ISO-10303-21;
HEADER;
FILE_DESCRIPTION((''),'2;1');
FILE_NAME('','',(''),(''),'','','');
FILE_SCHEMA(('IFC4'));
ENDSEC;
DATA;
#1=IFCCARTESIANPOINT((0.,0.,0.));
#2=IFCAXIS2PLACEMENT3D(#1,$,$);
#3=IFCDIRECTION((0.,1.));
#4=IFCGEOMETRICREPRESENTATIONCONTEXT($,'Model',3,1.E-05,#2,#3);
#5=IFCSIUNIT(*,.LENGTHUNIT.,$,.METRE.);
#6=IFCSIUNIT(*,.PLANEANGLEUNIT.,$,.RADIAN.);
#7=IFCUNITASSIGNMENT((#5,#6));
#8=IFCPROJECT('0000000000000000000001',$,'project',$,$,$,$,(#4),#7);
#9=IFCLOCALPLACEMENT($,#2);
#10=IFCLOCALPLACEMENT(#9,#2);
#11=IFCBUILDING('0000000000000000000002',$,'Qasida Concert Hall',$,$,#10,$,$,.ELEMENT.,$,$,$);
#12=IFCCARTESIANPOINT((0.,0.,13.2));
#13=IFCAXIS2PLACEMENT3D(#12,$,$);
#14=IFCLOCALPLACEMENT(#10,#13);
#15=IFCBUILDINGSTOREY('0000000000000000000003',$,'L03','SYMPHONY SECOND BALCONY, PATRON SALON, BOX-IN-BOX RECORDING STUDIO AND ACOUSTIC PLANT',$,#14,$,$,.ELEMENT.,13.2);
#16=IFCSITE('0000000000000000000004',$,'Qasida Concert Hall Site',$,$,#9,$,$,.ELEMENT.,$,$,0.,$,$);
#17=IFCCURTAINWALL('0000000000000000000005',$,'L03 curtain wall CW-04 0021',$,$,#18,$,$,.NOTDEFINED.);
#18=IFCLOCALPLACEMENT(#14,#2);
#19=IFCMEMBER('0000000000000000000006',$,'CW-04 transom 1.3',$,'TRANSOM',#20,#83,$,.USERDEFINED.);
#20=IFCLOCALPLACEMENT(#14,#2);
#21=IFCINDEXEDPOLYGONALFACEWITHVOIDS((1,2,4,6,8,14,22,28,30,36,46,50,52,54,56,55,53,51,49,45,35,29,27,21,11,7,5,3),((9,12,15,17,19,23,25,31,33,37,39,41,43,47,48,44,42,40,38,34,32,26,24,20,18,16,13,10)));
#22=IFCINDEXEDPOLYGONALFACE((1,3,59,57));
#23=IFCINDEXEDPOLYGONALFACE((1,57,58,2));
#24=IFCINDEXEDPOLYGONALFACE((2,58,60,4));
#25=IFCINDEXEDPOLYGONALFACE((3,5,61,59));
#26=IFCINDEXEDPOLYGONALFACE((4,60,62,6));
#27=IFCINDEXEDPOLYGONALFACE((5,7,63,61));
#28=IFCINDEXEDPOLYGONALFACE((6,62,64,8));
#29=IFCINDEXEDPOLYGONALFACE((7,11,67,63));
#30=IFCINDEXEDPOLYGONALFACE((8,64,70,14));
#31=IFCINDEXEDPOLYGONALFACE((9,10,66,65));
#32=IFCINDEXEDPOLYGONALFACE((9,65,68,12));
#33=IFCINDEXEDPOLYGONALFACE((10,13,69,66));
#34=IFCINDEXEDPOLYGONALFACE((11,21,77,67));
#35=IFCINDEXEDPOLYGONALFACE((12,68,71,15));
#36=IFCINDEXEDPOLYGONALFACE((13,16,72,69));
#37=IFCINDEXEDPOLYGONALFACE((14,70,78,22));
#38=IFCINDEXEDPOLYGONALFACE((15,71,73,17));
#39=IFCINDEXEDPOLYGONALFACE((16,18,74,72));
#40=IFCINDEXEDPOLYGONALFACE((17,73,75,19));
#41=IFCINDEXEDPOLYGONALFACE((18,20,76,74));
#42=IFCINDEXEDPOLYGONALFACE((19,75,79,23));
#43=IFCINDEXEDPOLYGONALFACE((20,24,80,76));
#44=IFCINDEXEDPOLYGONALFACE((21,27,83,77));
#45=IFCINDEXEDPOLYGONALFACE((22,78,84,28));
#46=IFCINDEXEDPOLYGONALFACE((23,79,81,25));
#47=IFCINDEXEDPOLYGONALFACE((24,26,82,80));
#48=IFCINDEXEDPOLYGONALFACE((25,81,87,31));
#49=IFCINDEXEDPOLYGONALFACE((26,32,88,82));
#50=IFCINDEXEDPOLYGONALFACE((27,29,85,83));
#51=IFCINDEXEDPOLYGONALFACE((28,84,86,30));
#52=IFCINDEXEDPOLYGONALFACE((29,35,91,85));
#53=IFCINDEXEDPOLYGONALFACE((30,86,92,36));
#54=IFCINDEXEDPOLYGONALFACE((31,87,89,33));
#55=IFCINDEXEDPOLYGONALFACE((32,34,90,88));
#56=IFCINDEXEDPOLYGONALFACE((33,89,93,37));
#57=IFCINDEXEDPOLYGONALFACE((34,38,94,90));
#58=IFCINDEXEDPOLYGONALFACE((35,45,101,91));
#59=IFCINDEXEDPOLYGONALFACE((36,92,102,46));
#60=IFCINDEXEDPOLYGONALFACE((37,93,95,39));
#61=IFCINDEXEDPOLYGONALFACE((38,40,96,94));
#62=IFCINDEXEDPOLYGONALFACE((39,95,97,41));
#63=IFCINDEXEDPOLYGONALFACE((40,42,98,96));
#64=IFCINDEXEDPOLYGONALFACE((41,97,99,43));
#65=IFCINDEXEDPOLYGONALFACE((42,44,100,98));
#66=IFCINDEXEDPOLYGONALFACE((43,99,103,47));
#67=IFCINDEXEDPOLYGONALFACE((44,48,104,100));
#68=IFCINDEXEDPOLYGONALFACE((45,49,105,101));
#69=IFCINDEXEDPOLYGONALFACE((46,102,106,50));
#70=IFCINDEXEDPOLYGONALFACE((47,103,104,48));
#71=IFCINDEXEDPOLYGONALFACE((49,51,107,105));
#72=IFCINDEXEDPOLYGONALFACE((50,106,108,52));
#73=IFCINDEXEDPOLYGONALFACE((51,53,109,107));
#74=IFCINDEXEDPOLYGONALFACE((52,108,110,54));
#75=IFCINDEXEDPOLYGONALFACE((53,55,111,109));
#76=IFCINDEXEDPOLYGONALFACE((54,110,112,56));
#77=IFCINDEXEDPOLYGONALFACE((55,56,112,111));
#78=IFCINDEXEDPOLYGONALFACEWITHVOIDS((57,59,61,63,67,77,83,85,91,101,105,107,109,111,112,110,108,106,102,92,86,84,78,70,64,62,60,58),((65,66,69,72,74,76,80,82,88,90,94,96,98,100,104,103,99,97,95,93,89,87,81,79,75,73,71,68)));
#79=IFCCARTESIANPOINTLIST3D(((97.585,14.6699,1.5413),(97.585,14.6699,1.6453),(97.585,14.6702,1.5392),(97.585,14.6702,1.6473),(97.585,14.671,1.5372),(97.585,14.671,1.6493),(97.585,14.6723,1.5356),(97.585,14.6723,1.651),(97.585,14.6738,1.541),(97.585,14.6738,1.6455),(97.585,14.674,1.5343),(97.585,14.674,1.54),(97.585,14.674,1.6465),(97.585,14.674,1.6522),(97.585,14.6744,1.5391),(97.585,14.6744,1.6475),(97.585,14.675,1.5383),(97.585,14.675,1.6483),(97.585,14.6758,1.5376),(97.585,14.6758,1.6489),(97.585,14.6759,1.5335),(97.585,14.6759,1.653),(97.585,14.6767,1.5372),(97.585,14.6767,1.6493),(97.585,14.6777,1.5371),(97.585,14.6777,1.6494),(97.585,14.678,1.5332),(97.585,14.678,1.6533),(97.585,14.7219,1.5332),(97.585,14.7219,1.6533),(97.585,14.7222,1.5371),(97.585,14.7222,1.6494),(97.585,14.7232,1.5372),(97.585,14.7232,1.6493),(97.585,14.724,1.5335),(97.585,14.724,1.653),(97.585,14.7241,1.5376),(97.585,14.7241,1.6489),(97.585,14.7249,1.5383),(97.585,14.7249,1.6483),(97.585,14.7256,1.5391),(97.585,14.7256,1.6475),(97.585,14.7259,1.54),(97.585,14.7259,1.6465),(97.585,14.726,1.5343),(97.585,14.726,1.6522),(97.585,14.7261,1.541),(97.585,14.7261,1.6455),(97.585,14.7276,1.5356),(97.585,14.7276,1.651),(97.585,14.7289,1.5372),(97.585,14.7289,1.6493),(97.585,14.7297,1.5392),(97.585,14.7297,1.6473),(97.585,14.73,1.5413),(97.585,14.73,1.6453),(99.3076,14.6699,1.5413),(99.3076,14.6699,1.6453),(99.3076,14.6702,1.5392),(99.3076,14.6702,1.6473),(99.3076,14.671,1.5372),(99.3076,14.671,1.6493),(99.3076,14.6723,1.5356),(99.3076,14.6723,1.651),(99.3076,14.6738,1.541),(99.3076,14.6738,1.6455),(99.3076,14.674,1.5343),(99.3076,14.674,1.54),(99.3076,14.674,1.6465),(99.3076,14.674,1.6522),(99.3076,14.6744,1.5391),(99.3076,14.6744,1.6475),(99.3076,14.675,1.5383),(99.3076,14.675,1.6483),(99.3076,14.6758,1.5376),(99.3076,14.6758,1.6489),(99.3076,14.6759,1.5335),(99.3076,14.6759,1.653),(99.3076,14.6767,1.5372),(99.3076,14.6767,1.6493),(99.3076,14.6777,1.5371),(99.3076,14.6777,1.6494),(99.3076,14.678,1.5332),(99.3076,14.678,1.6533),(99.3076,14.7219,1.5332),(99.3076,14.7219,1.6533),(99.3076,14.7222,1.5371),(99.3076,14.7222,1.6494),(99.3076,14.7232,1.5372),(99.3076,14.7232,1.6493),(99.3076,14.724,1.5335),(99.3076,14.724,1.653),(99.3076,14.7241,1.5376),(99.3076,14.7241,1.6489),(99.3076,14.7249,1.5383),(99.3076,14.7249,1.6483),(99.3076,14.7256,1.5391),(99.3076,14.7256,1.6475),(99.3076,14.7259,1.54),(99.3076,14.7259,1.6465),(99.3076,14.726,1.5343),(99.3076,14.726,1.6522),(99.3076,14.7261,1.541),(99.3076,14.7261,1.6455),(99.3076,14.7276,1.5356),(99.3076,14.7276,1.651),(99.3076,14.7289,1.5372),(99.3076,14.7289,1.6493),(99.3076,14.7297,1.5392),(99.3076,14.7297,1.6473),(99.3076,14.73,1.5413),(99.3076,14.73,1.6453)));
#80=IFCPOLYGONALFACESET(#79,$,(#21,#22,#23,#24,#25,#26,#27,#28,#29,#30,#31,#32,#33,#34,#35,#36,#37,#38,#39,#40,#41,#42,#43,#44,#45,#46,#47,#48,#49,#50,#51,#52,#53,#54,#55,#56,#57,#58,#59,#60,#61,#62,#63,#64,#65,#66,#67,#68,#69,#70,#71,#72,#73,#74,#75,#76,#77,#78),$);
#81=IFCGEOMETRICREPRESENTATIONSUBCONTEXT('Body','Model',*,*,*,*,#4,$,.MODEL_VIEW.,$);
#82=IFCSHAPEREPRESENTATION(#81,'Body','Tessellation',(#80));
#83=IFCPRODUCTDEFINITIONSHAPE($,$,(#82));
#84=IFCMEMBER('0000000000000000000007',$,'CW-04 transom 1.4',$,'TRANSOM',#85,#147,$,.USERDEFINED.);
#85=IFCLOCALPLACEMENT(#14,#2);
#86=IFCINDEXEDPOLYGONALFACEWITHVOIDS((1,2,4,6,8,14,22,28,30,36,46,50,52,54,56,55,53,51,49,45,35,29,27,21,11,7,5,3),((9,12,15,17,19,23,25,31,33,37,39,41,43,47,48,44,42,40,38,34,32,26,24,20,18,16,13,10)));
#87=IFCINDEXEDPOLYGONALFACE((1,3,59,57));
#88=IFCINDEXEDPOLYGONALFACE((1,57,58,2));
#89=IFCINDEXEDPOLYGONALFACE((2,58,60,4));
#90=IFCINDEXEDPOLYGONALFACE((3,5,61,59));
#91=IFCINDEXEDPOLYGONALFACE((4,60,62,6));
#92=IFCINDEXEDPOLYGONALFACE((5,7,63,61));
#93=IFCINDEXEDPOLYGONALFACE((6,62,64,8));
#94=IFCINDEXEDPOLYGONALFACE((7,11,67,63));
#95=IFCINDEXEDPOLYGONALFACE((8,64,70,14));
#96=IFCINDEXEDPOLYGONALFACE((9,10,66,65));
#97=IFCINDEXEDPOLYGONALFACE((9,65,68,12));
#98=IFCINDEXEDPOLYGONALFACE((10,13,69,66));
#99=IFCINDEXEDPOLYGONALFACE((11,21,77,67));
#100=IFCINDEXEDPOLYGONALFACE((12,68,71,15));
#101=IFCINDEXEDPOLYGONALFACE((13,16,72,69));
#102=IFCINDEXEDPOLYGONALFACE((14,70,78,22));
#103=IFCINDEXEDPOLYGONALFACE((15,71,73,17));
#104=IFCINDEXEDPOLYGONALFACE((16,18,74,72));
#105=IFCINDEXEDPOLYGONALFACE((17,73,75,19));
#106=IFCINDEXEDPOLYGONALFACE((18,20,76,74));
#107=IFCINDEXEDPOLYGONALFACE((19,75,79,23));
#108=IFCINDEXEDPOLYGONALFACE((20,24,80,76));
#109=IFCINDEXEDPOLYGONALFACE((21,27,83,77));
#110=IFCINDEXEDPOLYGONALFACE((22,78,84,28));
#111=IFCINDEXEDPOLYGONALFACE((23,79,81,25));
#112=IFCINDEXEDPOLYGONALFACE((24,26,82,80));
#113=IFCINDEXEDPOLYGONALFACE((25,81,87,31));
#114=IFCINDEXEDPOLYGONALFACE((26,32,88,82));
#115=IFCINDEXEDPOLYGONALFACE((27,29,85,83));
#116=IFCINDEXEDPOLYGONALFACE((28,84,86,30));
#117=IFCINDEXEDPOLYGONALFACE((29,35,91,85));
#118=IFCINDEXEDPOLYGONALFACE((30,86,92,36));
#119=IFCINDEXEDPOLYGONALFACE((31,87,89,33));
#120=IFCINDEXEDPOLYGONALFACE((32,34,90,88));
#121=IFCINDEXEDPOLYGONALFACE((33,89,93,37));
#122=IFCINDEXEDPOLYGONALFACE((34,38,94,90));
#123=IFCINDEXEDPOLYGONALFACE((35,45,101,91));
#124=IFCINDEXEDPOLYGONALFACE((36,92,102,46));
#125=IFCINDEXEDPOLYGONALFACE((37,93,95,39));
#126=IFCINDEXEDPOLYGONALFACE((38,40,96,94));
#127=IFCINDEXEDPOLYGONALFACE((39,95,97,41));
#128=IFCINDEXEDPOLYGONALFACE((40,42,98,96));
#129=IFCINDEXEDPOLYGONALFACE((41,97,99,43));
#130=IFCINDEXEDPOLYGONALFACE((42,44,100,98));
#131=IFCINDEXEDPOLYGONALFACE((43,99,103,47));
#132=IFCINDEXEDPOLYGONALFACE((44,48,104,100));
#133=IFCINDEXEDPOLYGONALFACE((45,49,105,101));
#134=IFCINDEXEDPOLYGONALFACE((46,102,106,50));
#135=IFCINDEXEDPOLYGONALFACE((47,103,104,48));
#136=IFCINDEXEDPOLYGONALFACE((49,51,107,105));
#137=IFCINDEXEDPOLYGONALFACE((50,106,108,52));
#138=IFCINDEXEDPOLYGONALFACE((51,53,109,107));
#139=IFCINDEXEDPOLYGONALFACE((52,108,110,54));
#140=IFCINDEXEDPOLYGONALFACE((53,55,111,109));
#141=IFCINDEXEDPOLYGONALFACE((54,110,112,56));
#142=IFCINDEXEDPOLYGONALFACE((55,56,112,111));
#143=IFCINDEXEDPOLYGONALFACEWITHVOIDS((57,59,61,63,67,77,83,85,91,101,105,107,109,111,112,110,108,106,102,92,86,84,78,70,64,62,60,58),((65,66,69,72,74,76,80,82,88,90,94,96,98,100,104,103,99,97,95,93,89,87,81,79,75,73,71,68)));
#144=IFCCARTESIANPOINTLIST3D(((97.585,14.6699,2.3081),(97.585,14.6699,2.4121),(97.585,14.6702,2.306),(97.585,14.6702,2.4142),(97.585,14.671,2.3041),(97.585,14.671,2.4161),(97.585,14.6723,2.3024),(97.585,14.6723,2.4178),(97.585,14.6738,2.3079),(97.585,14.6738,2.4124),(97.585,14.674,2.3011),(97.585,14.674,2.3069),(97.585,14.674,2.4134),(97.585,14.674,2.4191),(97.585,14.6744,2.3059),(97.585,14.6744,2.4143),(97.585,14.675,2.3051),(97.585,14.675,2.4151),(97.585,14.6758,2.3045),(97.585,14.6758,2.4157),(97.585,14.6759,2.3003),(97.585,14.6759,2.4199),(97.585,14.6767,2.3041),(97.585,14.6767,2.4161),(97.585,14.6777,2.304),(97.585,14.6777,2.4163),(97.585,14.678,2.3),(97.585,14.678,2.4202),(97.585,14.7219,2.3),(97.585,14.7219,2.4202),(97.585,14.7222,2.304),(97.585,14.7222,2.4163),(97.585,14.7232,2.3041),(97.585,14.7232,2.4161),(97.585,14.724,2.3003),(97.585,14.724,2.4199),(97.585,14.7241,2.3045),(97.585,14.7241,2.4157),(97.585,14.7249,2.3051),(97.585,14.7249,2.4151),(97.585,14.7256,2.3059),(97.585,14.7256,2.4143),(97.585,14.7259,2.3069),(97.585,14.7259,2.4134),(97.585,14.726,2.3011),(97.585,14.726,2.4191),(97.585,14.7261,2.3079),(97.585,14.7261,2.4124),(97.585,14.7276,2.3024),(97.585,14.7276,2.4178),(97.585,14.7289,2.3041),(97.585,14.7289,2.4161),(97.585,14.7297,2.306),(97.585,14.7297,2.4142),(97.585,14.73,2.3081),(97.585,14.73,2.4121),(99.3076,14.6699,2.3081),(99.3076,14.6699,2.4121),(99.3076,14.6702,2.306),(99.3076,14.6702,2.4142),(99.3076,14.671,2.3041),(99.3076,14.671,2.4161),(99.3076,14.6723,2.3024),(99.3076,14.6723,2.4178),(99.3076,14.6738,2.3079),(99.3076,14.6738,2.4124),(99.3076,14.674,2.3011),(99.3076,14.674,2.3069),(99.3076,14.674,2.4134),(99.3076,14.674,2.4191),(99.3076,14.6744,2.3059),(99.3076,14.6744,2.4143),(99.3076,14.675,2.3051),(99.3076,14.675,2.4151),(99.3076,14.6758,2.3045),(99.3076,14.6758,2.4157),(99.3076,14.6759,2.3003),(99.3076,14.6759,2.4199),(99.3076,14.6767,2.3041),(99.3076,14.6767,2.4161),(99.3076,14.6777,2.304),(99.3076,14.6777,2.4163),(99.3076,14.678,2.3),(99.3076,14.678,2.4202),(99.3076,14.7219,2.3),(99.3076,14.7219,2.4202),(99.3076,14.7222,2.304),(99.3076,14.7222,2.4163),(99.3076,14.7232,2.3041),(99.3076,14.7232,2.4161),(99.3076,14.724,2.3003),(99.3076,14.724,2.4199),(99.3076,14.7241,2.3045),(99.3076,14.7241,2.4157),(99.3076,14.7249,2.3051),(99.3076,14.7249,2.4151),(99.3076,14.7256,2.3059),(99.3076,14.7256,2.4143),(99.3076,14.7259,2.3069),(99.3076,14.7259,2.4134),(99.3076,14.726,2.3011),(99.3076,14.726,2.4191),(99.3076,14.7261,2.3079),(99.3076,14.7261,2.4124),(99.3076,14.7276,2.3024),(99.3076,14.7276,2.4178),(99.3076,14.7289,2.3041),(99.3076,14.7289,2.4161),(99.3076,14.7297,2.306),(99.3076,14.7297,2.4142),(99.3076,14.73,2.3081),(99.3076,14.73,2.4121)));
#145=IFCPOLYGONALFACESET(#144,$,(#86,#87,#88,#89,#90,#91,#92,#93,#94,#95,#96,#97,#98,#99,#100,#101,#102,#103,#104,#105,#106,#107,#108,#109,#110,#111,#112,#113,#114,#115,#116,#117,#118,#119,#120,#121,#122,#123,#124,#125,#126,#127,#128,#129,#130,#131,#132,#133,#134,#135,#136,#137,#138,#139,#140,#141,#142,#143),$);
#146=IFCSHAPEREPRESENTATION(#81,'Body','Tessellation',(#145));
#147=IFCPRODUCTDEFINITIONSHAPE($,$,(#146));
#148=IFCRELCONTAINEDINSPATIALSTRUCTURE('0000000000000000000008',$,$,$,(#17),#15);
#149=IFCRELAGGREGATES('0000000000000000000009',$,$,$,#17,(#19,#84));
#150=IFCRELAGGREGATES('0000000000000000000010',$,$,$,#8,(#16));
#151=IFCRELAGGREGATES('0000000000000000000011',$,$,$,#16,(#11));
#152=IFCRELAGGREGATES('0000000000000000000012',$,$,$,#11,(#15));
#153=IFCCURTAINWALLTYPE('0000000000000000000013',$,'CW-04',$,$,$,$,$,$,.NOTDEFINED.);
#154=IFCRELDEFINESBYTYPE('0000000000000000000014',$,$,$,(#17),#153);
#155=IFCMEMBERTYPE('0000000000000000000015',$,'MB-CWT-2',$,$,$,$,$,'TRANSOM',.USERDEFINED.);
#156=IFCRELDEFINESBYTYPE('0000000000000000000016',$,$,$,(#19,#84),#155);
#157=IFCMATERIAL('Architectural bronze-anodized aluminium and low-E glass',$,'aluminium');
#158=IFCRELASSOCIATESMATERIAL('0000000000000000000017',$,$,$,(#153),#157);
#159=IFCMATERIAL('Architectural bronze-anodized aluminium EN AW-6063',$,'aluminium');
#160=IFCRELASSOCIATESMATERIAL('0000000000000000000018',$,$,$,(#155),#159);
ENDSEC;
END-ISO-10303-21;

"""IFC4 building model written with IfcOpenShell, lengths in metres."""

from ifc_helpers import new_model, si_unit, direction, frame, origin, origin_2d, place, context, subcontext, project, spatial, hollow_rectangle, extrude, material, material_profile, profile_set, type_object, element, aggregate, save


model = new_model("IFC4")

# Units and contexts
model_context = context("Model", 3, precision=1e-05, world=origin(), true_north=direction((0.0, 1.0)))
body_context = subcontext(model_context, "Body", "Model", "MODEL_VIEW")
ifc_project = project(units=[si_unit("LENGTHUNIT", "METRE"), si_unit("PLANEANGLEUNIT", "RADIAN")], contexts=[model_context])

# Site, building, storey
site_placement = place(None, origin())
site = spatial("IfcSite", under=ifc_project, at=site_placement, Name="Qasida Concert Hall Site", CompositionType="ELEMENT", RefElevation=0.0)
building_placement = place(site_placement, origin())
building = spatial("IfcBuilding", under=site, at=building_placement, Name="Qasida Concert Hall", CompositionType="ELEMENT")
storey_placement = place(building_placement, frame((0.0, 0.0, 13.2)))
storey = spatial("IfcBuildingStorey", under=building, at=storey_placement, Name="L03", Description="SYMPHONY SECOND BALCONY, PATRON SALON, BOX-IN-BOX RECORDING STUDIO AND ACOUSTIC PLANT", CompositionType="ELEMENT", Elevation=13.2)

# Shared definitions
ifc_material_1 = material(Name="Architectural bronze-anodized aluminium and low-E glass", Category="aluminium")
curtain_wall_type = type_object("IfcCurtainWallType", Name="CW-04", PredefinedType="NOTDEFINED", material=ifc_material_1)
ifc_material_2 = material(Name="Architectural bronze-anodized aluminium EN AW-6063", Category="aluminium")

# Curtain wall, members
curtain_wall_1_placement = place(storey_placement, origin())
curtain_wall_1 = element("IfcCurtainWall", 1, at=curtain_wall_1_placement, inside=storey, type_object=curtain_wall_type, Name="L03 curtain wall CW-04 0021", PredefinedType="NOTDEFINED")
ifc_material_profile_1 = material_profile(ifc_material_2, hollow_rectangle(XDim=0.0601, YDim=0.1201, WallThickness=0.0039, InnerFilletRadius=0.0039, OuterFilletRadius=0.0081, at=origin_2d()), Name="CWT 120x60x4")
ifc_profile_set_1 = profile_set([ifc_material_profile_1], Name="Architectural bronze-anodized aluminium EN AW-6063")
member_type_1 = type_object("IfcMemberType", Name="MB-CWT-2", ElementType="TRANSOM", PredefinedType="USERDEFINED", material=ifc_profile_set_1)
member_1_placement = place(storey_placement, frame((97.585, 14.7, 1.5933), z_axis=(1.0, 0.0, 0.0), x_axis=(0.0, 1.0, 0.0)))
member_1 = element("IfcMember", 2, at=member_1_placement, type_object=member_type_1, Name="CW-04 transom 1.3", ObjectType="TRANSOM", PredefinedType="USERDEFINED", context=body_context, shape_type="SweptSolid", body=[
    extrude(hollow_rectangle(XDim=0.0601, YDim=0.1201, WallThickness=0.0039, InnerFilletRadius=0.0039, OuterFilletRadius=0.0081, at=origin_2d()), origin(), (0.0, 0.0, 1.0), 1.7227),
])
member_2_placement = place(storey_placement, frame((97.585, 14.7, 2.3601), z_axis=(1.0, 0.0, 0.0), x_axis=(0.0, 1.0, 0.0)))
member_2 = element("IfcMember", 3, at=member_2_placement, type_object=member_type_1, Name="CW-04 transom 1.4", ObjectType="TRANSOM", PredefinedType="USERDEFINED", context=body_context, shape_type="SweptSolid", body=[
    extrude(hollow_rectangle(XDim=0.0601, YDim=0.1201, WallThickness=0.0039, InnerFilletRadius=0.0039, OuterFilletRadius=0.0081, at=origin_2d()), origin(), (0.0, 0.0, 1.0), 1.7227),
])

aggregate(curtain_wall_1, [member_1, member_2])

save(model, "model.ifc")
